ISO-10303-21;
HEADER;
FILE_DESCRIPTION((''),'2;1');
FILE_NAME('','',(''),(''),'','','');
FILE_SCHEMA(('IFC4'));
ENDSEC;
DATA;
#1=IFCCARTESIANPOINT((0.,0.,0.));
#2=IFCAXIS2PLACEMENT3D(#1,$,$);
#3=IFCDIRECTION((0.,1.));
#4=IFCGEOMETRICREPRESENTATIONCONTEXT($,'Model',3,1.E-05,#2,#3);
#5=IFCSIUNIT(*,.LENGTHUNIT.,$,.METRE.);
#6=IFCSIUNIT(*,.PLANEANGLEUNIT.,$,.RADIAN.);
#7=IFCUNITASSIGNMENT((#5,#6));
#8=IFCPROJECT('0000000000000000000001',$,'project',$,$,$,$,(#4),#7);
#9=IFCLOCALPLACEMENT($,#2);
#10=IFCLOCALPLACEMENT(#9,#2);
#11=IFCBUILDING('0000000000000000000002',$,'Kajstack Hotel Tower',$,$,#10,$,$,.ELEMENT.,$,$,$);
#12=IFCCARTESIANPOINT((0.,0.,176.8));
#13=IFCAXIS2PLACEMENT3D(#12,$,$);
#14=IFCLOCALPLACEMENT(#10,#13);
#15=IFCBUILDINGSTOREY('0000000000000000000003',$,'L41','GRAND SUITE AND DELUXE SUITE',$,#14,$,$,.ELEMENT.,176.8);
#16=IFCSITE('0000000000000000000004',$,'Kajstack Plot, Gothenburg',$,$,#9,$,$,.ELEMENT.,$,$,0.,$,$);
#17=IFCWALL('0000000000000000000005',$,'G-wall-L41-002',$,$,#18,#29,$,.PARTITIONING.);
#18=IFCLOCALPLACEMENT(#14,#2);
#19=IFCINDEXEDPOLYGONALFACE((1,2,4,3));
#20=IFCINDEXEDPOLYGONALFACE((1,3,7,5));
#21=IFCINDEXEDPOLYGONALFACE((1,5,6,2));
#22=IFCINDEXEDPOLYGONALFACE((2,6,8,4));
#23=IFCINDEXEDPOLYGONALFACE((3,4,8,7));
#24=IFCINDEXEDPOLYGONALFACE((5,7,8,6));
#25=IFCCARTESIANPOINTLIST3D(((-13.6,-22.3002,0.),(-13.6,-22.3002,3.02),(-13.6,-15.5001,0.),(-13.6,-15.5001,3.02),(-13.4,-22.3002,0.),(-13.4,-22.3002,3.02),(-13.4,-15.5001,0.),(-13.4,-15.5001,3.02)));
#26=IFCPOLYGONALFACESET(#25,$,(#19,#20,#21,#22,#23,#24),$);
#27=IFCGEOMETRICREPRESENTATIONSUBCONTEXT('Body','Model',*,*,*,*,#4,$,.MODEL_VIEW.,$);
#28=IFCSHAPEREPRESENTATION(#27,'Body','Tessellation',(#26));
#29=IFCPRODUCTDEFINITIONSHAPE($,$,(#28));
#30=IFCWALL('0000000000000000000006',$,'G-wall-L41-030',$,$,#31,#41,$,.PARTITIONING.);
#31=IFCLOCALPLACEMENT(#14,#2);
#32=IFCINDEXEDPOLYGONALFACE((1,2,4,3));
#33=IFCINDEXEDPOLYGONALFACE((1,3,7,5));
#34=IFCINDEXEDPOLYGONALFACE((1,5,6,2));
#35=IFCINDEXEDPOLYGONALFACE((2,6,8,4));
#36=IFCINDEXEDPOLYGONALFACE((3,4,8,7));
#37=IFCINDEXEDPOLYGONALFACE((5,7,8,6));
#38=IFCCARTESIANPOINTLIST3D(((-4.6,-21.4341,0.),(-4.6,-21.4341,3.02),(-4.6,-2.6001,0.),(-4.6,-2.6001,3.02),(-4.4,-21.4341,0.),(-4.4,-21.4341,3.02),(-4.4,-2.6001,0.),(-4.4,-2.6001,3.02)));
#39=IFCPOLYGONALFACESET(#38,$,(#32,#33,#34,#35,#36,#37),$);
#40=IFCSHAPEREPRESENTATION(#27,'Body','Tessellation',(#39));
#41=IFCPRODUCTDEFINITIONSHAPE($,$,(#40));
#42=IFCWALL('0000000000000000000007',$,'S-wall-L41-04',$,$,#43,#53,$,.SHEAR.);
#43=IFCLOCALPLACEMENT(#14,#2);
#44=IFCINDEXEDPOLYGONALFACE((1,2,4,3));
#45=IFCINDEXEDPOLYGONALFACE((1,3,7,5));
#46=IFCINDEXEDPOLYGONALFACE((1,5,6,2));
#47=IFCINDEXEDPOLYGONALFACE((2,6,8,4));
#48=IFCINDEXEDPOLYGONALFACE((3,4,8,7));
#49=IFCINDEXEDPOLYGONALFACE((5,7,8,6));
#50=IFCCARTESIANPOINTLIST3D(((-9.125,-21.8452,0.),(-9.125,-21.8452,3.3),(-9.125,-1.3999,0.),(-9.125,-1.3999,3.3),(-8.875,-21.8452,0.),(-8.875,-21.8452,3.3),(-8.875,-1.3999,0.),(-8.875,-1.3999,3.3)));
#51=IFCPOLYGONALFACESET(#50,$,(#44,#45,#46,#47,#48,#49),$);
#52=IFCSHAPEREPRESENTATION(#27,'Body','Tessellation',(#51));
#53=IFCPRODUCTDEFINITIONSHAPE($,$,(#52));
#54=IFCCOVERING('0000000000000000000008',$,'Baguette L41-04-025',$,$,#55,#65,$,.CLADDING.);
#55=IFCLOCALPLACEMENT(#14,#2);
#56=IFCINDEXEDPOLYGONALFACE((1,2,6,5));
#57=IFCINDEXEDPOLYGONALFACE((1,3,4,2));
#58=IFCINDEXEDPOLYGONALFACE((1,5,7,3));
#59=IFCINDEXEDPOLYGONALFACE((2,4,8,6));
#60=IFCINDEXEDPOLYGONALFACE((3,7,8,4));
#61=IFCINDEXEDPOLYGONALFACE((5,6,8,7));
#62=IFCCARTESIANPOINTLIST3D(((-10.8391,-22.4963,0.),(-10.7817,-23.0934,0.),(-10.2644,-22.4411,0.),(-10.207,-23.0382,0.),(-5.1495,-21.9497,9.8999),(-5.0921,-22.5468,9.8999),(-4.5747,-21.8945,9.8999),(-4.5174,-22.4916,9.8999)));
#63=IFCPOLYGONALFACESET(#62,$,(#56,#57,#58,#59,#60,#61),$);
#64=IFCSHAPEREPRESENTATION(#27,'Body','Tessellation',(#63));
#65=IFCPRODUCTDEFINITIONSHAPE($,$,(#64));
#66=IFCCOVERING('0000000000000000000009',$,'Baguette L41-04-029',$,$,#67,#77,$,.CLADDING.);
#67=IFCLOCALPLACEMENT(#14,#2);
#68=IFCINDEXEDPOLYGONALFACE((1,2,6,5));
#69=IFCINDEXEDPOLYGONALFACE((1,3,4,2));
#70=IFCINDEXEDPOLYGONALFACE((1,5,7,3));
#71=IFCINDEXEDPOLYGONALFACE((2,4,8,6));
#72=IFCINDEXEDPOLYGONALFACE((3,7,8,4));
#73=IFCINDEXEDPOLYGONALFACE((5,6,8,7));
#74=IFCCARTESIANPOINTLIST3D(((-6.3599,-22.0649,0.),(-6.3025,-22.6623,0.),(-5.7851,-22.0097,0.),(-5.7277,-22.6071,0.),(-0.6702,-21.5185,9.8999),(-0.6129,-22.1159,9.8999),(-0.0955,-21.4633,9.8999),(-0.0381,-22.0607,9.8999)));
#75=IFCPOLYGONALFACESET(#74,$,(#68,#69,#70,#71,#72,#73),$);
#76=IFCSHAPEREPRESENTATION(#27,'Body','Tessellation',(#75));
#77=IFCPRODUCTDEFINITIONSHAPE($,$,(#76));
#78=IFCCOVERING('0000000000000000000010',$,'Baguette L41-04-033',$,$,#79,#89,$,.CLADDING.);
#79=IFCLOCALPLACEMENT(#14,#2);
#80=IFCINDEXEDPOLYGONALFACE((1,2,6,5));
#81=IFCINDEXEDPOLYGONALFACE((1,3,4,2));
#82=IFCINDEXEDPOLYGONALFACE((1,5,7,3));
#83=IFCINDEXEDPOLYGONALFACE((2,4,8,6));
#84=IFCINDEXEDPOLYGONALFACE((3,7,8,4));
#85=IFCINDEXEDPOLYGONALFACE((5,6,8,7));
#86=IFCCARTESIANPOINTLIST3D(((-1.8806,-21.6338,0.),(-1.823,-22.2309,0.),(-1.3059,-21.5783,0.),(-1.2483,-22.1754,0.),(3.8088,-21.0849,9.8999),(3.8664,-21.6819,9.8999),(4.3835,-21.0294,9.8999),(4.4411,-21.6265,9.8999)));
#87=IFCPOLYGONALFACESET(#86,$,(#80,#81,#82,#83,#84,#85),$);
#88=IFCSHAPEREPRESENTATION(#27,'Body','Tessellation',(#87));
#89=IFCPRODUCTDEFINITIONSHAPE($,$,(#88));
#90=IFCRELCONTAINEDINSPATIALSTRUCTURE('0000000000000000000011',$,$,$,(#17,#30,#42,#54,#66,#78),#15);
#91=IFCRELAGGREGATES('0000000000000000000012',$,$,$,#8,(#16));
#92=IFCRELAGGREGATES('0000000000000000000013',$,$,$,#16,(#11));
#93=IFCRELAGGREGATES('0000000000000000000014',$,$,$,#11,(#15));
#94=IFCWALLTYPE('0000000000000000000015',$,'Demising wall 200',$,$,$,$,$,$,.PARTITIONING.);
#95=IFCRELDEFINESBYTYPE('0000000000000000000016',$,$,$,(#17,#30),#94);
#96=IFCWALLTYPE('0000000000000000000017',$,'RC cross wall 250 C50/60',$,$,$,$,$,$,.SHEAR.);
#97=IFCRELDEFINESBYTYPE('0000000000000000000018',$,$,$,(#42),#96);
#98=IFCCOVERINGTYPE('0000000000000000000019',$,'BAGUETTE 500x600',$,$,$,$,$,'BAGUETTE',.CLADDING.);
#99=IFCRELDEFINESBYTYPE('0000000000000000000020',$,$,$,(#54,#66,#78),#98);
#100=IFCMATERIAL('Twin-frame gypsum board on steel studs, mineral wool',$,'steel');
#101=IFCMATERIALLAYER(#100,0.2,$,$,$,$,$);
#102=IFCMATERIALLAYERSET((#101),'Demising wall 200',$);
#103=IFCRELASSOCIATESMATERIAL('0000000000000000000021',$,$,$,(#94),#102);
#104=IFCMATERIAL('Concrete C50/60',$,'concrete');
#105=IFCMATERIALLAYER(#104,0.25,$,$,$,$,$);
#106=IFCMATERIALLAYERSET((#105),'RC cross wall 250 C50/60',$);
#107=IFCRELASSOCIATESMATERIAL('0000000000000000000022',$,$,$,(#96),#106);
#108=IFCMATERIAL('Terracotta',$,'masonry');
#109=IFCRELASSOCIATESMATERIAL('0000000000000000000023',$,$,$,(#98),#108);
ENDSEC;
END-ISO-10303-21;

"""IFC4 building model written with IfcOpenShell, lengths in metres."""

from ifc_helpers import new_model, si_unit, direction, frame, frame_2d, origin, origin_2d, place, context, subcontext, project, spatial, polyline, rectangle, outline, extrude, material, layer, layer_set, material_profile, profile_set, type_object, element, save


model = new_model("IFC4")

# Units and contexts
model_context = context("Model", 3, precision=1e-05, world=origin(), true_north=direction((0.0, 1.0)))
body_context = subcontext(model_context, "Body", "Model", "MODEL_VIEW")
ifc_project = project(units=[si_unit("LENGTHUNIT", "METRE"), si_unit("PLANEANGLEUNIT", "RADIAN")], contexts=[model_context])

# Site, building, storey
site_placement = place(None, origin())
site = spatial("IfcSite", under=ifc_project, at=site_placement, Name="Kajstack Plot, Gothenburg", CompositionType="ELEMENT", RefElevation=0.0)
building_placement = place(site_placement, origin())
building = spatial("IfcBuilding", under=site, at=building_placement, Name="Kajstack Hotel Tower", CompositionType="ELEMENT")
storey_placement = place(building_placement, frame((0.0, 0.0, 176.8)))
storey = spatial("IfcBuildingStorey", under=building, at=storey_placement, Name="L41", Description="GRAND SUITE AND DELUXE SUITE", CompositionType="ELEMENT", Elevation=176.8)

# Walls
ifc_material_1 = material(Name="Twin-frame gypsum board on steel studs, mineral wool", Category="steel")
ifc_layer_1 = layer(ifc_material_1, 0.2)
ifc_layer_set_1 = layer_set([ifc_layer_1], Name="Demising wall 200")
wall_type_1 = type_object("IfcWallType", Name="Demising wall 200", PredefinedType="PARTITIONING", material=ifc_layer_set_1)
wall_1_placement = place(storey_placement, frame((-13.5, -22.3, 0.0), z_axis=(0.0, 0.0, 1.0), x_axis=(0.0, 1.0, 0.0)))
element("IfcWall", 1, at=wall_1_placement, inside=storey, type_object=wall_type_1, Name="G-wall-L41-002", PredefinedType="PARTITIONING", context=body_context, shape_type="SweptSolid", body=[
    extrude(rectangle(XDim=6.8, YDim=0.2, at=frame_2d((3.3999, 0.0))), origin(), (0.0, 0.0, 1.0), 3.02),
])
wall_2_placement = place(storey_placement, frame((-4.5, -21.4341, 0.0), z_axis=(0.0, 0.0, 1.0), x_axis=(0.0, 1.0, 0.0)))
element("IfcWall", 2, at=wall_2_placement, inside=storey, type_object=wall_type_1, Name="G-wall-L41-030", PredefinedType="PARTITIONING", context=body_context, shape_type="SweptSolid", body=[
    extrude(rectangle(XDim=18.834, YDim=0.2, at=frame_2d((9.417, 0.0))), origin(), (0.0, 0.0, 1.0), 3.02),
])

# Wall
ifc_material_2 = material(Name="Concrete C50/60", Category="concrete")
ifc_layer_2 = layer(ifc_material_2, 0.25)
ifc_layer_set_2 = layer_set([ifc_layer_2], Name="RC cross wall 250 C50/60")
wall_type_2 = type_object("IfcWallType", Name="RC cross wall 250 C50/60", PredefinedType="SHEAR", material=ifc_layer_set_2)
wall_3_placement = place(storey_placement, frame((-9.0, -21.8452, 0.0), z_axis=(0.0, 0.0, 1.0), x_axis=(0.0, 1.0, 0.0)))
element("IfcWall", 3, at=wall_3_placement, inside=storey, type_object=wall_type_2, Name="S-wall-L41-04", PredefinedType="SHEAR", context=body_context, shape_type="SweptSolid", body=[
    extrude(rectangle(XDim=20.4453, YDim=0.25, at=frame_2d((10.2227, 0.0))), origin(), (0.0, 0.0, 1.0), 3.3),
])

# Coverings
ifc_material_3 = material(Name="Terracotta", Category="masonry")
ifc_material_profile = material_profile(ifc_material_3, rectangle(XDim=0.6001, YDim=0.5, at=origin_2d()), Name="Terracotta-clad concrete baguette 500 x 600")
ifc_profile_set = profile_set([ifc_material_profile], Name="Terracotta")
covering_type = type_object("IfcCoveringType", Name="BAGUETTE 500x600", ElementType="BAGUETTE", PredefinedType="CLADDING", material=ifc_profile_set)
covering_1_placement = place(storey_placement, frame((-10.8391, -22.4963, 0.0), z_axis=(0.095635, -0.995416, 0.0), x_axis=(0.995416, 0.095635, 0.0)))
element("IfcCovering", 4, at=covering_1_placement, inside=storey, type_object=covering_type, Name="Baguette L41-04-025", PredefinedType="CLADDING", context=body_context, shape_type="SweptSolid", body=[
    extrude(outline(polyline([(5.7158, 9.8999), (0.0, 0.0), (0.5774, 0.0), (6.2932, 9.8999), (5.7158, 9.8999)])), origin(), (0.0, 0.0, 1.0), 0.5999),
])
covering_2_placement = place(storey_placement, frame((-6.3599, -22.0649, 0.0), z_axis=(0.095596, -0.99542, 0.0), x_axis=(0.99542, 0.095596, 0.0)))
element("IfcCovering", 5, at=covering_2_placement, inside=storey, type_object=covering_type, Name="Baguette L41-04-029", PredefinedType="CLADDING", context=body_context, shape_type="SweptSolid", body=[
    extrude(outline(polyline([(5.7158, 9.8999), (0.0, 0.0), (0.5774, 0.0), (6.2932, 9.8999), (5.7158, 9.8999)])), origin(), (0.0, 0.0, 1.0), 0.6001),
])
covering_3_placement = place(storey_placement, frame((-1.8806, -21.6338, 0.0), z_axis=(0.096038, -0.995378, 0.0), x_axis=(0.995378, 0.096038, 0.0)))
element("IfcCovering", 6, at=covering_3_placement, inside=storey, type_object=covering_type, Name="Baguette L41-04-033", PredefinedType="CLADDING", context=body_context, shape_type="SweptSolid", body=[
    extrude(outline(polyline([(5.7158, 9.8999), (0.0, 0.0), (0.5774, 0.0), (6.2932, 9.8999), (5.7158, 9.8999)])), origin(), (0.0, 0.0, 1.0), 0.5999),
])

save(model, "model.ifc")
